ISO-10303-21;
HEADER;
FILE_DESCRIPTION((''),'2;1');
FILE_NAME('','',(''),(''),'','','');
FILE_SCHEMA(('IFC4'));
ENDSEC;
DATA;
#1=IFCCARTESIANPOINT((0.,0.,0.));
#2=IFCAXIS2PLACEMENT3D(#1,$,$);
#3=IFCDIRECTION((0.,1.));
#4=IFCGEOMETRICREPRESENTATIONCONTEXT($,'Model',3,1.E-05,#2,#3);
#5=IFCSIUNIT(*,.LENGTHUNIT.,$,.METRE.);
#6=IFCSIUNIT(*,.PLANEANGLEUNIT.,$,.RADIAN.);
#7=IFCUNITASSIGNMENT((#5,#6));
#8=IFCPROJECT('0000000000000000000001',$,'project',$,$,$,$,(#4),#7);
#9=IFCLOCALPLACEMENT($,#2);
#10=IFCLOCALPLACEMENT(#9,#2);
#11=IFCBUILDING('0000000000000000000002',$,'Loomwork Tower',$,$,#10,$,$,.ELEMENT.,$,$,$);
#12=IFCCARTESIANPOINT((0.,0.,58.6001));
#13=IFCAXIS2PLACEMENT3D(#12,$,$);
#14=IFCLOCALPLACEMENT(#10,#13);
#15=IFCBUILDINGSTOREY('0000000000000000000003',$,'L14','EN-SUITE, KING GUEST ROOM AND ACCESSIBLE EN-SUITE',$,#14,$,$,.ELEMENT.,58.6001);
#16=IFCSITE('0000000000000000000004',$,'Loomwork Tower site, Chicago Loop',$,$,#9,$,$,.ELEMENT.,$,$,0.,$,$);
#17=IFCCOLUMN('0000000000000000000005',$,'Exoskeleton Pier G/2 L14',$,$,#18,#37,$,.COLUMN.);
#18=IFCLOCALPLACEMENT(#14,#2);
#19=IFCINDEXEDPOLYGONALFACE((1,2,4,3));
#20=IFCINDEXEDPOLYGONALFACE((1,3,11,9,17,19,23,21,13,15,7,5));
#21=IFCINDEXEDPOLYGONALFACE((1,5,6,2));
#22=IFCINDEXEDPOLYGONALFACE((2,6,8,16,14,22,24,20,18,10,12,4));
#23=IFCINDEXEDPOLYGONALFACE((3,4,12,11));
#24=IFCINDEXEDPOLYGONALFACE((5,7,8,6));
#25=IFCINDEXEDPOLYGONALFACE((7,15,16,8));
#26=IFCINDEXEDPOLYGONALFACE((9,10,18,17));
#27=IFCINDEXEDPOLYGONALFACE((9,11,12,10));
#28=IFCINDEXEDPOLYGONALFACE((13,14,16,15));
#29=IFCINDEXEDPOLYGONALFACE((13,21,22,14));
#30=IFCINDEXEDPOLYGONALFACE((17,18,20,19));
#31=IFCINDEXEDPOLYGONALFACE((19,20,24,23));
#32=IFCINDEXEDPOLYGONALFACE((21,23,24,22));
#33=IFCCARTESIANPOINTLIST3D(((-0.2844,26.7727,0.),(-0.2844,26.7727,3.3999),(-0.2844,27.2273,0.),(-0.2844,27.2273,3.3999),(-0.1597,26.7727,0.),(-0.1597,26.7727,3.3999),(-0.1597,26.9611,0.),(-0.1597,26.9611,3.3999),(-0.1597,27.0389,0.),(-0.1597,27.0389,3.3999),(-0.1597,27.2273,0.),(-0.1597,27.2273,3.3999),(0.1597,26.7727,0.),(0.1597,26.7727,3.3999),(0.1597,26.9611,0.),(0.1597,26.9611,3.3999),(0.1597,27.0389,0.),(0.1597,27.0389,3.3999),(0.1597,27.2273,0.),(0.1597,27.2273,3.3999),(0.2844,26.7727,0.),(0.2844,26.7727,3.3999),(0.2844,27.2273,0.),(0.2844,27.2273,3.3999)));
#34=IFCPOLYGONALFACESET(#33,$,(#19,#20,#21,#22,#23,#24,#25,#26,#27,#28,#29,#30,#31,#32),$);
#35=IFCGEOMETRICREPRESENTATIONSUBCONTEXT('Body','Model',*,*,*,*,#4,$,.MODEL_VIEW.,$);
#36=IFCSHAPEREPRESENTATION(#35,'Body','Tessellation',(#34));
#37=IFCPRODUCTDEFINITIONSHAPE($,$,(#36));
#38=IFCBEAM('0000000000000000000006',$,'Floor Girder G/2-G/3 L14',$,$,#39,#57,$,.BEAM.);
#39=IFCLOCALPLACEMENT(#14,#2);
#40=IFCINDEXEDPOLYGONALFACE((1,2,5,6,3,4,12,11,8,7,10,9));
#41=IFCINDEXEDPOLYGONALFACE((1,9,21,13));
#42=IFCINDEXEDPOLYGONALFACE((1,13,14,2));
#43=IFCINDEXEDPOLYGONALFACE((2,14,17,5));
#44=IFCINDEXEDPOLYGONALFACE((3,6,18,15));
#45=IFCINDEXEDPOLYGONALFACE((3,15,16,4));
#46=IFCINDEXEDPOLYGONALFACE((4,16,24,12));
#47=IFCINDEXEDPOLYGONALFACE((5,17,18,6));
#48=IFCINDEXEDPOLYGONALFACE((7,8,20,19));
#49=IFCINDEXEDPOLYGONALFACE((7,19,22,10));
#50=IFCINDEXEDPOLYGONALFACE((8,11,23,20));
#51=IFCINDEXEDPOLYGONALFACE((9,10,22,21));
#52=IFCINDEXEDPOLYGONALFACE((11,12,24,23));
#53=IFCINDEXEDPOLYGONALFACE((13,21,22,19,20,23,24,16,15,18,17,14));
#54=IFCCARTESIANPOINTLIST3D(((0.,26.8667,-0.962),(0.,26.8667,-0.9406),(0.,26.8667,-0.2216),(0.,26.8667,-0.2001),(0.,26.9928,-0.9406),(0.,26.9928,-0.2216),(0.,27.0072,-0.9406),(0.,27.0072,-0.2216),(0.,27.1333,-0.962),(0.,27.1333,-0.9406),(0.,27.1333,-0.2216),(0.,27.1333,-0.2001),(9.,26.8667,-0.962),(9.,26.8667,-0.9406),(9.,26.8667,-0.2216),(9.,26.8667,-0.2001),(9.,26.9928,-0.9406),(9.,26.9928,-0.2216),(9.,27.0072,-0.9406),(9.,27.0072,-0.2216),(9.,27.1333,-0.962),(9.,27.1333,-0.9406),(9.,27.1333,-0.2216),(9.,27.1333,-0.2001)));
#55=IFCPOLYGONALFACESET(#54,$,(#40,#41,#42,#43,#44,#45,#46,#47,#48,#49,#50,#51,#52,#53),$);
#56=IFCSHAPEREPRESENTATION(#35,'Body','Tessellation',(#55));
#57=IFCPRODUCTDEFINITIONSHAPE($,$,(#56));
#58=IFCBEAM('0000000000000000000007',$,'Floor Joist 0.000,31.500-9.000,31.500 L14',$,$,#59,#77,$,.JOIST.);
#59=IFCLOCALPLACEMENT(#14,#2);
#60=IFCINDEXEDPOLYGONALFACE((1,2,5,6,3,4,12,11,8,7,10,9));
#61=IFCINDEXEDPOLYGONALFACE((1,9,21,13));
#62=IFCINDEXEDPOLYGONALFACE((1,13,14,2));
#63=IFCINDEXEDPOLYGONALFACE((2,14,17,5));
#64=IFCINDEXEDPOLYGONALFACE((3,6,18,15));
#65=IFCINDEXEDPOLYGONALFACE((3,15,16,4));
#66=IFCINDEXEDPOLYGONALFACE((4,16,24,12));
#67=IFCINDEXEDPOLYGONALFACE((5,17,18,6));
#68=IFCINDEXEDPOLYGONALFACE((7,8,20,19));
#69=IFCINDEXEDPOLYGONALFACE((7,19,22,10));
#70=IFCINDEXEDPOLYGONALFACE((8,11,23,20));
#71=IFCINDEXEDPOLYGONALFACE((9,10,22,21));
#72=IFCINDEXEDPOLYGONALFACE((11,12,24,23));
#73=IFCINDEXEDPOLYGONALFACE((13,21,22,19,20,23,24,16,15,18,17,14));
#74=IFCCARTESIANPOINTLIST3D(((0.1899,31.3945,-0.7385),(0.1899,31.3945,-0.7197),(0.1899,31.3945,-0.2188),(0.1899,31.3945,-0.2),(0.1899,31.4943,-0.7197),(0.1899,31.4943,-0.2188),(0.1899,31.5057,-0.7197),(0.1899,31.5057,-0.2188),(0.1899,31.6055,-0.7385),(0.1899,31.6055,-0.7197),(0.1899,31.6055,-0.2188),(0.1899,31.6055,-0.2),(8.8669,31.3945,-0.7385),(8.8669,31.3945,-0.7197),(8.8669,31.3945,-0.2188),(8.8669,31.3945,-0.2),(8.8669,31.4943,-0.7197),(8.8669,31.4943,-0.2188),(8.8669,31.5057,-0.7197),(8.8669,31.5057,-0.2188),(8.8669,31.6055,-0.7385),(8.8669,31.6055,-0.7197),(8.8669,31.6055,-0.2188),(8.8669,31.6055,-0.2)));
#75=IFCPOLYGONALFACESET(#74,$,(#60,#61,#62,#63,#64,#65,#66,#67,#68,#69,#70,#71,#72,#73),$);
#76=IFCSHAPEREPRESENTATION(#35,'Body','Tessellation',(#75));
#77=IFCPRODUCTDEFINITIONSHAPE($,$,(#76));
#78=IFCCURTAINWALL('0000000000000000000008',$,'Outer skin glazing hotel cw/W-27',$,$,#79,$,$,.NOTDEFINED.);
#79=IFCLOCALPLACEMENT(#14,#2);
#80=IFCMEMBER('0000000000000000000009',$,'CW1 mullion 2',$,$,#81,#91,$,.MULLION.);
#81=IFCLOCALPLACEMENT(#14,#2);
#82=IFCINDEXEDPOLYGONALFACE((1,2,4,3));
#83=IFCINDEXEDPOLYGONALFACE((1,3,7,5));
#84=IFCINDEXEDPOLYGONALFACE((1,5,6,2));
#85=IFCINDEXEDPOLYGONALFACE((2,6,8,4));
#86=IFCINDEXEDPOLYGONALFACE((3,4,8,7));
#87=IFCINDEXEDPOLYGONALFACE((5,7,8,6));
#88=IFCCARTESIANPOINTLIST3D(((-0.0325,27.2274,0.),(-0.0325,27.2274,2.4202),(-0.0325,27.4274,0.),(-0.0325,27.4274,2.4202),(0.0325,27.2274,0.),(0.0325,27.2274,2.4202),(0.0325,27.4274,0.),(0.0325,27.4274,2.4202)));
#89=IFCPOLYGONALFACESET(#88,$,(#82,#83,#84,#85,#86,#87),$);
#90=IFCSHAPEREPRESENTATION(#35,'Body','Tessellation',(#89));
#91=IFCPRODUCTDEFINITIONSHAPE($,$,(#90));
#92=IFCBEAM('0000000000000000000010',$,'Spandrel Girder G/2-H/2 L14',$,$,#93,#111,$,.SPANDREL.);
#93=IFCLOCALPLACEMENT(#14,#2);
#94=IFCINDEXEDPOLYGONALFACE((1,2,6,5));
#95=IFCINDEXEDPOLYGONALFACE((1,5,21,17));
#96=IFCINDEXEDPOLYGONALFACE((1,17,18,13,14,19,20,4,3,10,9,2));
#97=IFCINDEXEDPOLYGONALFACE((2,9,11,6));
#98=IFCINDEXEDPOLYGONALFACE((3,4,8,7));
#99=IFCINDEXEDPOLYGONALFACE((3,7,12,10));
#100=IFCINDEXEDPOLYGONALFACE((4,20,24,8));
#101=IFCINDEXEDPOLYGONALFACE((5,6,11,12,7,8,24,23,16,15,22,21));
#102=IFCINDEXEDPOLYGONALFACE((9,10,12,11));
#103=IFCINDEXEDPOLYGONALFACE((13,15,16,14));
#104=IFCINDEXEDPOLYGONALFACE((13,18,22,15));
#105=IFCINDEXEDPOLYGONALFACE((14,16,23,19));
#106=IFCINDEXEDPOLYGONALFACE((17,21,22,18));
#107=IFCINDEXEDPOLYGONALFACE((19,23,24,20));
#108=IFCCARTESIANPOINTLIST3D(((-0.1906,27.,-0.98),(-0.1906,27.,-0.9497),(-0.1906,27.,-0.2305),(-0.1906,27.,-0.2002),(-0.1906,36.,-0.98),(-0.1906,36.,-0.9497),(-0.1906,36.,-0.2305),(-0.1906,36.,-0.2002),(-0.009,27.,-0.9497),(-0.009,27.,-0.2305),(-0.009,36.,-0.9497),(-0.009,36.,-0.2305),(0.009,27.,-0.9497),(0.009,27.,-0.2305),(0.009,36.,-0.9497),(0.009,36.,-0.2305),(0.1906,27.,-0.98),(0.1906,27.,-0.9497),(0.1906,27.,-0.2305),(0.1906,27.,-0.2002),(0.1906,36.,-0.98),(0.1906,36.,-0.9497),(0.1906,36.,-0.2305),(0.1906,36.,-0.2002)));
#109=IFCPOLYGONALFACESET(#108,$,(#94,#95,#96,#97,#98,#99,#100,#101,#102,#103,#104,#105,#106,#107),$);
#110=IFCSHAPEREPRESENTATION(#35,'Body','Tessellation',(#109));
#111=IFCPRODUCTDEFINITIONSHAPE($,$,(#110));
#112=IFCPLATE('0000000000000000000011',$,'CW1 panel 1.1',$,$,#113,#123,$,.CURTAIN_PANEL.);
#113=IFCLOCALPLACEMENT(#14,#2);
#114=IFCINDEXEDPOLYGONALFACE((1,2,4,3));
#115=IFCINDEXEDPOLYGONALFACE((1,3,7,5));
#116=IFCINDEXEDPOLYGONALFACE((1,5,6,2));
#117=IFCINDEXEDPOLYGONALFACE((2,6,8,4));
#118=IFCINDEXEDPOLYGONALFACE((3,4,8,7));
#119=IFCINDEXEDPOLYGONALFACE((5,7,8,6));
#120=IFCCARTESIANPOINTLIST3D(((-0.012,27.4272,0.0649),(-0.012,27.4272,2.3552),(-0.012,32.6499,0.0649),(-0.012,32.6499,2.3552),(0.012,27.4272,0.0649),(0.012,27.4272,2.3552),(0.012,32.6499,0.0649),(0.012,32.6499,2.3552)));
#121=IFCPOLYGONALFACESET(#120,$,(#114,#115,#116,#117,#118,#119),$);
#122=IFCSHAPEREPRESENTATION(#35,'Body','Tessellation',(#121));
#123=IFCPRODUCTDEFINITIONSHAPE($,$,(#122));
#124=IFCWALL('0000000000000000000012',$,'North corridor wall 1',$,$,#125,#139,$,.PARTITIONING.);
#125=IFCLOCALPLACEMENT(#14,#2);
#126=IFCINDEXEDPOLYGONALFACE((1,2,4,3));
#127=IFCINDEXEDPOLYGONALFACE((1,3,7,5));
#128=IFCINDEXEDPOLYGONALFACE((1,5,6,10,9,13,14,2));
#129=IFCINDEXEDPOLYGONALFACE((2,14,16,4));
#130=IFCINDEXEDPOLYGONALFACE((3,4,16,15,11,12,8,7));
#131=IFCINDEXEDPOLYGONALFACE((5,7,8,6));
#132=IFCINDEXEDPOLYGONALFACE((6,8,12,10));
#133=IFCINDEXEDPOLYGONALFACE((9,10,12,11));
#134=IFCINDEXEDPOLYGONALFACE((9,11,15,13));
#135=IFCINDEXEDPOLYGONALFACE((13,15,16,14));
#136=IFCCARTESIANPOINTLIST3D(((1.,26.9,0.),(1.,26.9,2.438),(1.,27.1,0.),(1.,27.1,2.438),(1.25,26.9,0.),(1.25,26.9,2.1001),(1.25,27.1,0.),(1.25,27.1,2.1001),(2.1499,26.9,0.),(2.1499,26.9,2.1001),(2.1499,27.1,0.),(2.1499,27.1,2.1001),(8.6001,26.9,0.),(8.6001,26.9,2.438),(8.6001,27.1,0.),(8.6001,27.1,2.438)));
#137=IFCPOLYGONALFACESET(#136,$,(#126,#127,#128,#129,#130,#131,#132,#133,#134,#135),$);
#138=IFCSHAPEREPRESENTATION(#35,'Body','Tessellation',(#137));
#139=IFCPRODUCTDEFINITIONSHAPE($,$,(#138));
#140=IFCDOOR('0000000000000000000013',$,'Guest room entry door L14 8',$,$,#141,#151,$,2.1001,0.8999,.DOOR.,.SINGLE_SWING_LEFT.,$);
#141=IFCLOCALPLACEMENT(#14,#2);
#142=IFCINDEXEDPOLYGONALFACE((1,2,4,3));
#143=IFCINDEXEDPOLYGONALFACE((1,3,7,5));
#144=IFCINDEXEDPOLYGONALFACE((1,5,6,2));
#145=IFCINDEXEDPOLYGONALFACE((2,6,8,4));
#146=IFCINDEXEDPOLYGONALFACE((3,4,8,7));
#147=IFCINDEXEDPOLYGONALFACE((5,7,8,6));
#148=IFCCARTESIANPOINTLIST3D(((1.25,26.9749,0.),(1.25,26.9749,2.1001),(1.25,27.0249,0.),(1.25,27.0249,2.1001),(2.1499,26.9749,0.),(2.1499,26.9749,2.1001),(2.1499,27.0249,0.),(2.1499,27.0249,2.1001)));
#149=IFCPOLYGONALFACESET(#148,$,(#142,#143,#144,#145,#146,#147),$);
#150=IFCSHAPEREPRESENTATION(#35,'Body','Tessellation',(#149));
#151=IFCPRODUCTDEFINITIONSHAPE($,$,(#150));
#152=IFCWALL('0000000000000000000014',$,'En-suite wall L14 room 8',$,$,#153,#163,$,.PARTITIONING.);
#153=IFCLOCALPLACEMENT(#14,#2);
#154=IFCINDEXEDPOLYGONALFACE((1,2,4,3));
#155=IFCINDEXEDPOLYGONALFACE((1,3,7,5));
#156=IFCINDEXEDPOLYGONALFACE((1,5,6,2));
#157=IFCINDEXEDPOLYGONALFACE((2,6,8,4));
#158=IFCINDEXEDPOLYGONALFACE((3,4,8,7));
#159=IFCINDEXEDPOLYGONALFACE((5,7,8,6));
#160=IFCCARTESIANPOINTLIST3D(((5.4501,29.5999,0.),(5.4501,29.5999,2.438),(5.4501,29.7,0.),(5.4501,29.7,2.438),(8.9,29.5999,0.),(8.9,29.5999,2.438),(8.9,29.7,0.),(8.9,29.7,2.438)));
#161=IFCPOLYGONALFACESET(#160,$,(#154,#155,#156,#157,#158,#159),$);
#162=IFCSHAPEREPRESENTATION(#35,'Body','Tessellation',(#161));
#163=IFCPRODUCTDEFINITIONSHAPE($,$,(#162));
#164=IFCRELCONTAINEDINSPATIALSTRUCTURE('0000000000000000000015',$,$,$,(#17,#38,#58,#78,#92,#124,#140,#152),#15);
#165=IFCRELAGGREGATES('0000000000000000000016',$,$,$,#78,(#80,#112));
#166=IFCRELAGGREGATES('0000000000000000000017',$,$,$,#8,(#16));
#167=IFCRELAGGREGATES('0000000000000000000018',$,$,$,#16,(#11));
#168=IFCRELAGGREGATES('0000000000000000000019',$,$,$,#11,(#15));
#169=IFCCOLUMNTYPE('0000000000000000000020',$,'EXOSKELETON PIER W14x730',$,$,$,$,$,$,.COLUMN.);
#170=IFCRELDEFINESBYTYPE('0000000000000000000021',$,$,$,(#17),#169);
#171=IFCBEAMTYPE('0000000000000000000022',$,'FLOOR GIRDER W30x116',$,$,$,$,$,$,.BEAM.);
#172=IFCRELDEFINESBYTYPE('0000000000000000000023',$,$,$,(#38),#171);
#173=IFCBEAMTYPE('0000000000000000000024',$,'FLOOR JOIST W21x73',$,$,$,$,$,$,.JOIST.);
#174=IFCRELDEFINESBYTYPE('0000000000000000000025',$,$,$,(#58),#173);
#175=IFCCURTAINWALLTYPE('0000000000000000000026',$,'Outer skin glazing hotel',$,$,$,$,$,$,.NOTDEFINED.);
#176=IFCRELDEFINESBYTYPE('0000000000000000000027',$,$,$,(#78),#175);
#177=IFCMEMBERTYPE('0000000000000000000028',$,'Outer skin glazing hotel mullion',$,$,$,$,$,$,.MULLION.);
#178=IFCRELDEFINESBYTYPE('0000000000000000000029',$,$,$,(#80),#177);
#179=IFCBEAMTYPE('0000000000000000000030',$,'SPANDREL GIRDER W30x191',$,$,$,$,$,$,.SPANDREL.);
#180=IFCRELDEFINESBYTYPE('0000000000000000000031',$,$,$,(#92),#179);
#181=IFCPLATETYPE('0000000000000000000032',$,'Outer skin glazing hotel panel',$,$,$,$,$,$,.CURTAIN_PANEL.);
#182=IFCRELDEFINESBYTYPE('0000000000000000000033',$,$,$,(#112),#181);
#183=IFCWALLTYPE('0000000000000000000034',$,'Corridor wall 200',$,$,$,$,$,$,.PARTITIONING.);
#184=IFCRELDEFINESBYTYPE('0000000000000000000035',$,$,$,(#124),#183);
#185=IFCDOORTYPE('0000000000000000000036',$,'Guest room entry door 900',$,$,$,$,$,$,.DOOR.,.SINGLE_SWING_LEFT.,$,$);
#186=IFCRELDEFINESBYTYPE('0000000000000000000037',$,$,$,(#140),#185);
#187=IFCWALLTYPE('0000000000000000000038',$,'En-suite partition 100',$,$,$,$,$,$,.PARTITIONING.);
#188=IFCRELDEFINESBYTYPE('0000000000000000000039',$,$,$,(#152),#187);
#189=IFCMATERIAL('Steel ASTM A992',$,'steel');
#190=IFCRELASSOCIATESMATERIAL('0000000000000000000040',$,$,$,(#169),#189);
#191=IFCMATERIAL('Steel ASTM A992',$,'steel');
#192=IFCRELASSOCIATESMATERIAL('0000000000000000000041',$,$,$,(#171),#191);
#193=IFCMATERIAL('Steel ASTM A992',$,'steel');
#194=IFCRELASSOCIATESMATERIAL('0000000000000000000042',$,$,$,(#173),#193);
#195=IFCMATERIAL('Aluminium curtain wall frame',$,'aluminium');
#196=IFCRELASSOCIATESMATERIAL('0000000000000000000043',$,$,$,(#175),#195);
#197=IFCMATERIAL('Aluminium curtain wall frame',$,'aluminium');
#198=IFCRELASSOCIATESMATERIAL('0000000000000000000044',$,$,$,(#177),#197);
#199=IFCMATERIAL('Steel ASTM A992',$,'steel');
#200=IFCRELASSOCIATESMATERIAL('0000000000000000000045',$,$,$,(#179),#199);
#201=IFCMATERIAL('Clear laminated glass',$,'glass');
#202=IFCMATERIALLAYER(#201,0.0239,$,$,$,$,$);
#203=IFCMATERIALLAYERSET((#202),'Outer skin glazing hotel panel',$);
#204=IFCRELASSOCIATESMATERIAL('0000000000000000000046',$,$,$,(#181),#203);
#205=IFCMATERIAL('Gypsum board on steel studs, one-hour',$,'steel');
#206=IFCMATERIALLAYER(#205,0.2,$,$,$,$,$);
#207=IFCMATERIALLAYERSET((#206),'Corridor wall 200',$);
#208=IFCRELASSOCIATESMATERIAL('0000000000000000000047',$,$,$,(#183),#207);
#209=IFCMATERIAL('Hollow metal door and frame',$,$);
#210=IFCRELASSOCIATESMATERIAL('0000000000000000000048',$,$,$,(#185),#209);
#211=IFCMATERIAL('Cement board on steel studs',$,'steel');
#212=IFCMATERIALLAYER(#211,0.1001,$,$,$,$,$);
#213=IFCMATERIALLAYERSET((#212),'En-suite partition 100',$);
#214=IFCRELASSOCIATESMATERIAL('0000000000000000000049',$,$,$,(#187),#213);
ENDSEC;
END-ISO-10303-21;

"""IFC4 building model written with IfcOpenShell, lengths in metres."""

from ifc_helpers import new_model, si_unit, direction, frame, frame_2d, origin, origin_2d, place, context, subcontext, project, spatial, rectangle, i_section, extrude, material, layer, layer_set, material_profile, profile_set, type_object, element, fill, aggregate, save


model = new_model("IFC4")

# Units and contexts
model_context = context("Model", 3, precision=1e-05, world=origin(), true_north=direction((0.0, 1.0)))
body_context = subcontext(model_context, "Body", "Model", "MODEL_VIEW")
ifc_project = project(units=[si_unit("LENGTHUNIT", "METRE"), si_unit("PLANEANGLEUNIT", "RADIAN")], contexts=[model_context])

# Site, building, storey
site_placement = place(None, origin())
site = spatial("IfcSite", under=ifc_project, at=site_placement, Name="Loomwork Tower site, Chicago Loop", CompositionType="ELEMENT", RefElevation=0.0)
building_placement = place(site_placement, origin())
building = spatial("IfcBuilding", under=site, at=building_placement, Name="Loomwork Tower", CompositionType="ELEMENT")
storey_placement = place(building_placement, frame((0.0, 0.0, 58.6001)))
storey = spatial("IfcBuildingStorey", under=building, at=storey_placement, Name="L14", Description="EN-SUITE, KING GUEST ROOM AND ACCESSIBLE EN-SUITE", CompositionType="ELEMENT", Elevation=58.6001)

# Column
ifc_material_1 = material(Name="Steel ASTM A992", Category="steel")
ifc_material_profile_1 = material_profile(ifc_material_1, i_section(OverallWidth=0.4546, OverallDepth=0.5688, WebThickness=0.0779, FlangeThickness=0.1248, at=origin_2d()), Name="W14x730")
ifc_profile_set_1 = profile_set([ifc_material_profile_1], Name="Steel ASTM A992")
column_type = type_object("IfcColumnType", Name="EXOSKELETON PIER W14x730", PredefinedType="COLUMN", material=ifc_profile_set_1)
column_placement = place(storey_placement, frame((0.0, 27.0, 0.0), z_axis=(0.0, 0.0, 1.0), x_axis=(0.0, 1.0, 0.0)))
element("IfcColumn", 1, at=column_placement, inside=storey, type_object=column_type, Name="Exoskeleton Pier G/2 L14", PredefinedType="COLUMN", context=body_context, shape_type="SweptSolid", body=[
    extrude(i_section(OverallWidth=0.4546, OverallDepth=0.5688, WebThickness=0.0779, FlangeThickness=0.1248, at=origin_2d()), origin(), (0.0, 0.0, 1.0), 3.3999),
])

# Beams
ifc_material_2 = material(Name="Steel ASTM A992", Category="steel")
ifc_material_profile_2 = material_profile(ifc_material_2, i_section(OverallWidth=0.2666, OverallDepth=0.762, WebThickness=0.0144, FlangeThickness=0.0215, at=origin_2d()), Name="W30x116")
ifc_profile_set_2 = profile_set([ifc_material_profile_2], Name="Steel ASTM A992")
beam_type_1 = type_object("IfcBeamType", Name="FLOOR GIRDER W30x116", PredefinedType="BEAM", material=ifc_profile_set_2)
beam_1_placement = place(storey_placement, frame((0.0, 27.0, -0.5811), z_axis=(1.0, 0.0, 0.0), x_axis=(0.0, 1.0, 0.0)))
element("IfcBeam", 2, at=beam_1_placement, inside=storey, type_object=beam_type_1, Name="Floor Girder G/2-G/3 L14", PredefinedType="BEAM", context=body_context, shape_type="SweptSolid", body=[
    extrude(i_section(OverallWidth=0.2666, OverallDepth=0.762, WebThickness=0.0144, FlangeThickness=0.0215, at=origin_2d()), origin(), (0.0, 0.0, 1.0), 9.0),
])
ifc_material_3 = material(Name="Steel ASTM A992", Category="steel")
ifc_material_profile_3 = material_profile(ifc_material_3, i_section(OverallWidth=0.2109, OverallDepth=0.5386, WebThickness=0.0115, FlangeThickness=0.0188, at=origin_2d()), Name="W21x73")
ifc_profile_set_3 = profile_set([ifc_material_profile_3], Name="Steel ASTM A992")
beam_type_2 = type_object("IfcBeamType", Name="FLOOR JOIST W21x73", PredefinedType="JOIST", material=ifc_profile_set_3)
beam_2_placement = place(storey_placement, frame((0.1899, 31.5, -0.4692), z_axis=(1.0, 0.0, 0.0), x_axis=(0.0, 1.0, 0.0)))
element("IfcBeam", 3, at=beam_2_placement, inside=storey, type_object=beam_type_2, Name="Floor Joist 0.000,31.500-9.000,31.500 L14", PredefinedType="JOIST", context=body_context, shape_type="SweptSolid", body=[
    extrude(i_section(OverallWidth=0.2109, OverallDepth=0.5386, WebThickness=0.0115, FlangeThickness=0.0188, at=origin_2d()), origin(), (0.0, 0.0, 1.0), 8.677),
])

# Curtain wall, member
ifc_material_4 = material(Name="Aluminium curtain wall frame", Category="aluminium")
curtain_wall_type = type_object("IfcCurtainWallType", Name="Outer skin glazing hotel", PredefinedType="NOTDEFINED", material=ifc_material_4)
curtain_wall_placement = place(storey_placement, origin())
curtain_wall = element("IfcCurtainWall", 4, at=curtain_wall_placement, inside=storey, type_object=curtain_wall_type, Name="Outer skin glazing hotel cw/W-27", PredefinedType="NOTDEFINED")
ifc_material_5 = material(Name="Aluminium curtain wall frame", Category="aluminium")
ifc_material_profile_4 = material_profile(ifc_material_5, rectangle(XDim=0.0649, YDim=0.2, at=origin_2d()), Name="AL 65x200")
ifc_profile_set_4 = profile_set([ifc_material_profile_4], Name="Aluminium curtain wall frame")
member_type = type_object("IfcMemberType", Name="Outer skin glazing hotel mullion", PredefinedType="MULLION", material=ifc_profile_set_4)
member_placement = place(storey_placement, frame((0.0, 27.3274, 0.0), z_axis=(0.0, 0.0, 1.0), x_axis=(1.0, 0.0, 0.0)))
member = element("IfcMember", 5, at=member_placement, type_object=member_type, Name="CW1 mullion 2", PredefinedType="MULLION", context=body_context, shape_type="SweptSolid", body=[
    extrude(rectangle(XDim=0.0649, YDim=0.2, at=origin_2d()), origin(), (0.0, 0.0, 1.0), 2.4202),
])

# Beam
ifc_material_6 = material(Name="Steel ASTM A992", Category="steel")
ifc_material_profile_5 = material_profile(ifc_material_6, i_section(OverallWidth=0.3811, OverallDepth=0.7798, WebThickness=0.0181, FlangeThickness=0.0303, at=origin_2d()), Name="W30x191")
ifc_profile_set_5 = profile_set([ifc_material_profile_5], Name="Steel ASTM A992")
beam_type_3 = type_object("IfcBeamType", Name="SPANDREL GIRDER W30x191", PredefinedType="SPANDREL", material=ifc_profile_set_5)
beam_3_placement = place(storey_placement, frame((0.0, 27.0, -0.5901), z_axis=(0.0, 1.0, 0.0), x_axis=(-1.0, 0.0, 0.0)))
element("IfcBeam", 6, at=beam_3_placement, inside=storey, type_object=beam_type_3, Name="Spandrel Girder G/2-H/2 L14", PredefinedType="SPANDREL", context=body_context, shape_type="SweptSolid", body=[
    extrude(i_section(OverallWidth=0.3811, OverallDepth=0.7798, WebThickness=0.0181, FlangeThickness=0.0303, at=origin_2d()), origin(), (0.0, 0.0, 1.0), 9.0),
])

# Plate
ifc_material_7 = material(Name="Clear laminated glass", Category="glass")
ifc_layer_1 = layer(ifc_material_7, 0.0239)
ifc_layer_set_1 = layer_set([ifc_layer_1], Name="Outer skin glazing hotel panel")
plate_type = type_object("IfcPlateType", Name="Outer skin glazing hotel panel", PredefinedType="CURTAIN_PANEL", material=ifc_layer_set_1)
plate_placement = place(storey_placement, frame((0.0, 30.0386, 0.0649), z_axis=(0.0, 0.0, 1.0), x_axis=(0.0, -1.0, 0.0)))
plate = element("IfcPlate", 7, at=plate_placement, type_object=plate_type, Name="CW1 panel 1.1", PredefinedType="CURTAIN_PANEL", context=body_context, shape_type="SweptSolid", body=[
    extrude(rectangle(XDim=5.2227, YDim=0.0239, at=origin_2d()), origin(), (0.0, 0.0, 1.0), 2.2903),
])
aggregate(curtain_wall, [member, plate])

# Wall, opening, door
ifc_material_8 = material(Name="Gypsum board on steel studs, one-hour", Category="steel")
ifc_layer_2 = layer(ifc_material_8, 0.2)
ifc_layer_set_2 = layer_set([ifc_layer_2], Name="Corridor wall 200")
wall_type_1 = type_object("IfcWallType", Name="Corridor wall 200", PredefinedType="PARTITIONING", material=ifc_layer_set_2)
wall_1_placement = place(storey_placement, frame((1.0, 27.0, 0.0), z_axis=(0.0, 0.0, 1.0), x_axis=(1.0, 0.0, 0.0)))
wall_1 = element("IfcWall", 8, at=wall_1_placement, inside=storey, type_object=wall_type_1, Name="North corridor wall 1", PredefinedType="PARTITIONING", context=body_context, shape_type="SweptSolid", body=[
    extrude(rectangle(XDim=7.6001, YDim=0.2, at=frame_2d((3.8, 0.0))), origin(), (0.0, 0.0, 1.0), 2.438),
])
opening_1_placement = place(wall_1_placement, frame((0.25, 0.0, 0.0)))
opening_1 = element("IfcOpeningElement", 9, at=opening_1_placement, cuts=wall_1, PredefinedType="OPENING", context=body_context, shape_type="SweptSolid", body=[
    extrude(rectangle(XDim=0.8999, YDim=2.1001, at=frame_2d((0.45, 1.05))), frame((0.0, 0.1099, 0.0), z_axis=(0.0, -1.0, 0.0), x_axis=(1.0, 0.0, 0.0)), (0.0, 0.0, 1.0), 0.22),
])
ifc_material_9 = material(Name="Hollow metal door and frame")
door_type_1 = type_object("IfcDoorType", Name="Guest room entry door 900", OperationType="SINGLE_SWING_LEFT", PredefinedType="DOOR", material=ifc_material_9)
door_1_placement = place(opening_1_placement, origin())
door_1 = element("IfcDoor", 10, at=door_1_placement, inside=storey, type_object=door_type_1, Name="Guest room entry door L14 8", OperationType="SINGLE_SWING_LEFT", OverallHeight=2.1001, OverallWidth=0.8999, PredefinedType="DOOR", context=body_context, shape_type="SweptSolid", body=[
    extrude(rectangle(XDim=0.8999, YDim=2.1001, at=frame_2d((0.45, 1.05))), frame((0.0, 0.0249, 0.0), z_axis=(0.0, -1.0, 0.0), x_axis=(1.0, 0.0, 0.0)), (0.0, 0.0, 1.0), 0.05),
])
fill(opening_1, door_1)

# Wall
ifc_material_10 = material(Name="Cement board on steel studs", Category="steel")
ifc_layer_3 = layer(ifc_material_10, 0.1001)
ifc_layer_set_3 = layer_set([ifc_layer_3], Name="En-suite partition 100")
wall_type_2 = type_object("IfcWallType", Name="En-suite partition 100", PredefinedType="PARTITIONING", material=ifc_layer_set_3)
wall_2_placement = place(storey_placement, frame((5.45, 29.6499, 0.0), z_axis=(0.0, 0.0, 1.0), x_axis=(1.0, 0.0, 0.0)))
element("IfcWall", 11, at=wall_2_placement, inside=storey, type_object=wall_type_2, Name="En-suite wall L14 room 8", PredefinedType="PARTITIONING", context=body_context, shape_type="SweptSolid", body=[
    extrude(rectangle(XDim=3.45, YDim=0.1001, at=frame_2d((1.7251, 0.0))), origin(), (0.0, 0.0, 1.0), 2.438),
])

save(model, "model.ifc")
